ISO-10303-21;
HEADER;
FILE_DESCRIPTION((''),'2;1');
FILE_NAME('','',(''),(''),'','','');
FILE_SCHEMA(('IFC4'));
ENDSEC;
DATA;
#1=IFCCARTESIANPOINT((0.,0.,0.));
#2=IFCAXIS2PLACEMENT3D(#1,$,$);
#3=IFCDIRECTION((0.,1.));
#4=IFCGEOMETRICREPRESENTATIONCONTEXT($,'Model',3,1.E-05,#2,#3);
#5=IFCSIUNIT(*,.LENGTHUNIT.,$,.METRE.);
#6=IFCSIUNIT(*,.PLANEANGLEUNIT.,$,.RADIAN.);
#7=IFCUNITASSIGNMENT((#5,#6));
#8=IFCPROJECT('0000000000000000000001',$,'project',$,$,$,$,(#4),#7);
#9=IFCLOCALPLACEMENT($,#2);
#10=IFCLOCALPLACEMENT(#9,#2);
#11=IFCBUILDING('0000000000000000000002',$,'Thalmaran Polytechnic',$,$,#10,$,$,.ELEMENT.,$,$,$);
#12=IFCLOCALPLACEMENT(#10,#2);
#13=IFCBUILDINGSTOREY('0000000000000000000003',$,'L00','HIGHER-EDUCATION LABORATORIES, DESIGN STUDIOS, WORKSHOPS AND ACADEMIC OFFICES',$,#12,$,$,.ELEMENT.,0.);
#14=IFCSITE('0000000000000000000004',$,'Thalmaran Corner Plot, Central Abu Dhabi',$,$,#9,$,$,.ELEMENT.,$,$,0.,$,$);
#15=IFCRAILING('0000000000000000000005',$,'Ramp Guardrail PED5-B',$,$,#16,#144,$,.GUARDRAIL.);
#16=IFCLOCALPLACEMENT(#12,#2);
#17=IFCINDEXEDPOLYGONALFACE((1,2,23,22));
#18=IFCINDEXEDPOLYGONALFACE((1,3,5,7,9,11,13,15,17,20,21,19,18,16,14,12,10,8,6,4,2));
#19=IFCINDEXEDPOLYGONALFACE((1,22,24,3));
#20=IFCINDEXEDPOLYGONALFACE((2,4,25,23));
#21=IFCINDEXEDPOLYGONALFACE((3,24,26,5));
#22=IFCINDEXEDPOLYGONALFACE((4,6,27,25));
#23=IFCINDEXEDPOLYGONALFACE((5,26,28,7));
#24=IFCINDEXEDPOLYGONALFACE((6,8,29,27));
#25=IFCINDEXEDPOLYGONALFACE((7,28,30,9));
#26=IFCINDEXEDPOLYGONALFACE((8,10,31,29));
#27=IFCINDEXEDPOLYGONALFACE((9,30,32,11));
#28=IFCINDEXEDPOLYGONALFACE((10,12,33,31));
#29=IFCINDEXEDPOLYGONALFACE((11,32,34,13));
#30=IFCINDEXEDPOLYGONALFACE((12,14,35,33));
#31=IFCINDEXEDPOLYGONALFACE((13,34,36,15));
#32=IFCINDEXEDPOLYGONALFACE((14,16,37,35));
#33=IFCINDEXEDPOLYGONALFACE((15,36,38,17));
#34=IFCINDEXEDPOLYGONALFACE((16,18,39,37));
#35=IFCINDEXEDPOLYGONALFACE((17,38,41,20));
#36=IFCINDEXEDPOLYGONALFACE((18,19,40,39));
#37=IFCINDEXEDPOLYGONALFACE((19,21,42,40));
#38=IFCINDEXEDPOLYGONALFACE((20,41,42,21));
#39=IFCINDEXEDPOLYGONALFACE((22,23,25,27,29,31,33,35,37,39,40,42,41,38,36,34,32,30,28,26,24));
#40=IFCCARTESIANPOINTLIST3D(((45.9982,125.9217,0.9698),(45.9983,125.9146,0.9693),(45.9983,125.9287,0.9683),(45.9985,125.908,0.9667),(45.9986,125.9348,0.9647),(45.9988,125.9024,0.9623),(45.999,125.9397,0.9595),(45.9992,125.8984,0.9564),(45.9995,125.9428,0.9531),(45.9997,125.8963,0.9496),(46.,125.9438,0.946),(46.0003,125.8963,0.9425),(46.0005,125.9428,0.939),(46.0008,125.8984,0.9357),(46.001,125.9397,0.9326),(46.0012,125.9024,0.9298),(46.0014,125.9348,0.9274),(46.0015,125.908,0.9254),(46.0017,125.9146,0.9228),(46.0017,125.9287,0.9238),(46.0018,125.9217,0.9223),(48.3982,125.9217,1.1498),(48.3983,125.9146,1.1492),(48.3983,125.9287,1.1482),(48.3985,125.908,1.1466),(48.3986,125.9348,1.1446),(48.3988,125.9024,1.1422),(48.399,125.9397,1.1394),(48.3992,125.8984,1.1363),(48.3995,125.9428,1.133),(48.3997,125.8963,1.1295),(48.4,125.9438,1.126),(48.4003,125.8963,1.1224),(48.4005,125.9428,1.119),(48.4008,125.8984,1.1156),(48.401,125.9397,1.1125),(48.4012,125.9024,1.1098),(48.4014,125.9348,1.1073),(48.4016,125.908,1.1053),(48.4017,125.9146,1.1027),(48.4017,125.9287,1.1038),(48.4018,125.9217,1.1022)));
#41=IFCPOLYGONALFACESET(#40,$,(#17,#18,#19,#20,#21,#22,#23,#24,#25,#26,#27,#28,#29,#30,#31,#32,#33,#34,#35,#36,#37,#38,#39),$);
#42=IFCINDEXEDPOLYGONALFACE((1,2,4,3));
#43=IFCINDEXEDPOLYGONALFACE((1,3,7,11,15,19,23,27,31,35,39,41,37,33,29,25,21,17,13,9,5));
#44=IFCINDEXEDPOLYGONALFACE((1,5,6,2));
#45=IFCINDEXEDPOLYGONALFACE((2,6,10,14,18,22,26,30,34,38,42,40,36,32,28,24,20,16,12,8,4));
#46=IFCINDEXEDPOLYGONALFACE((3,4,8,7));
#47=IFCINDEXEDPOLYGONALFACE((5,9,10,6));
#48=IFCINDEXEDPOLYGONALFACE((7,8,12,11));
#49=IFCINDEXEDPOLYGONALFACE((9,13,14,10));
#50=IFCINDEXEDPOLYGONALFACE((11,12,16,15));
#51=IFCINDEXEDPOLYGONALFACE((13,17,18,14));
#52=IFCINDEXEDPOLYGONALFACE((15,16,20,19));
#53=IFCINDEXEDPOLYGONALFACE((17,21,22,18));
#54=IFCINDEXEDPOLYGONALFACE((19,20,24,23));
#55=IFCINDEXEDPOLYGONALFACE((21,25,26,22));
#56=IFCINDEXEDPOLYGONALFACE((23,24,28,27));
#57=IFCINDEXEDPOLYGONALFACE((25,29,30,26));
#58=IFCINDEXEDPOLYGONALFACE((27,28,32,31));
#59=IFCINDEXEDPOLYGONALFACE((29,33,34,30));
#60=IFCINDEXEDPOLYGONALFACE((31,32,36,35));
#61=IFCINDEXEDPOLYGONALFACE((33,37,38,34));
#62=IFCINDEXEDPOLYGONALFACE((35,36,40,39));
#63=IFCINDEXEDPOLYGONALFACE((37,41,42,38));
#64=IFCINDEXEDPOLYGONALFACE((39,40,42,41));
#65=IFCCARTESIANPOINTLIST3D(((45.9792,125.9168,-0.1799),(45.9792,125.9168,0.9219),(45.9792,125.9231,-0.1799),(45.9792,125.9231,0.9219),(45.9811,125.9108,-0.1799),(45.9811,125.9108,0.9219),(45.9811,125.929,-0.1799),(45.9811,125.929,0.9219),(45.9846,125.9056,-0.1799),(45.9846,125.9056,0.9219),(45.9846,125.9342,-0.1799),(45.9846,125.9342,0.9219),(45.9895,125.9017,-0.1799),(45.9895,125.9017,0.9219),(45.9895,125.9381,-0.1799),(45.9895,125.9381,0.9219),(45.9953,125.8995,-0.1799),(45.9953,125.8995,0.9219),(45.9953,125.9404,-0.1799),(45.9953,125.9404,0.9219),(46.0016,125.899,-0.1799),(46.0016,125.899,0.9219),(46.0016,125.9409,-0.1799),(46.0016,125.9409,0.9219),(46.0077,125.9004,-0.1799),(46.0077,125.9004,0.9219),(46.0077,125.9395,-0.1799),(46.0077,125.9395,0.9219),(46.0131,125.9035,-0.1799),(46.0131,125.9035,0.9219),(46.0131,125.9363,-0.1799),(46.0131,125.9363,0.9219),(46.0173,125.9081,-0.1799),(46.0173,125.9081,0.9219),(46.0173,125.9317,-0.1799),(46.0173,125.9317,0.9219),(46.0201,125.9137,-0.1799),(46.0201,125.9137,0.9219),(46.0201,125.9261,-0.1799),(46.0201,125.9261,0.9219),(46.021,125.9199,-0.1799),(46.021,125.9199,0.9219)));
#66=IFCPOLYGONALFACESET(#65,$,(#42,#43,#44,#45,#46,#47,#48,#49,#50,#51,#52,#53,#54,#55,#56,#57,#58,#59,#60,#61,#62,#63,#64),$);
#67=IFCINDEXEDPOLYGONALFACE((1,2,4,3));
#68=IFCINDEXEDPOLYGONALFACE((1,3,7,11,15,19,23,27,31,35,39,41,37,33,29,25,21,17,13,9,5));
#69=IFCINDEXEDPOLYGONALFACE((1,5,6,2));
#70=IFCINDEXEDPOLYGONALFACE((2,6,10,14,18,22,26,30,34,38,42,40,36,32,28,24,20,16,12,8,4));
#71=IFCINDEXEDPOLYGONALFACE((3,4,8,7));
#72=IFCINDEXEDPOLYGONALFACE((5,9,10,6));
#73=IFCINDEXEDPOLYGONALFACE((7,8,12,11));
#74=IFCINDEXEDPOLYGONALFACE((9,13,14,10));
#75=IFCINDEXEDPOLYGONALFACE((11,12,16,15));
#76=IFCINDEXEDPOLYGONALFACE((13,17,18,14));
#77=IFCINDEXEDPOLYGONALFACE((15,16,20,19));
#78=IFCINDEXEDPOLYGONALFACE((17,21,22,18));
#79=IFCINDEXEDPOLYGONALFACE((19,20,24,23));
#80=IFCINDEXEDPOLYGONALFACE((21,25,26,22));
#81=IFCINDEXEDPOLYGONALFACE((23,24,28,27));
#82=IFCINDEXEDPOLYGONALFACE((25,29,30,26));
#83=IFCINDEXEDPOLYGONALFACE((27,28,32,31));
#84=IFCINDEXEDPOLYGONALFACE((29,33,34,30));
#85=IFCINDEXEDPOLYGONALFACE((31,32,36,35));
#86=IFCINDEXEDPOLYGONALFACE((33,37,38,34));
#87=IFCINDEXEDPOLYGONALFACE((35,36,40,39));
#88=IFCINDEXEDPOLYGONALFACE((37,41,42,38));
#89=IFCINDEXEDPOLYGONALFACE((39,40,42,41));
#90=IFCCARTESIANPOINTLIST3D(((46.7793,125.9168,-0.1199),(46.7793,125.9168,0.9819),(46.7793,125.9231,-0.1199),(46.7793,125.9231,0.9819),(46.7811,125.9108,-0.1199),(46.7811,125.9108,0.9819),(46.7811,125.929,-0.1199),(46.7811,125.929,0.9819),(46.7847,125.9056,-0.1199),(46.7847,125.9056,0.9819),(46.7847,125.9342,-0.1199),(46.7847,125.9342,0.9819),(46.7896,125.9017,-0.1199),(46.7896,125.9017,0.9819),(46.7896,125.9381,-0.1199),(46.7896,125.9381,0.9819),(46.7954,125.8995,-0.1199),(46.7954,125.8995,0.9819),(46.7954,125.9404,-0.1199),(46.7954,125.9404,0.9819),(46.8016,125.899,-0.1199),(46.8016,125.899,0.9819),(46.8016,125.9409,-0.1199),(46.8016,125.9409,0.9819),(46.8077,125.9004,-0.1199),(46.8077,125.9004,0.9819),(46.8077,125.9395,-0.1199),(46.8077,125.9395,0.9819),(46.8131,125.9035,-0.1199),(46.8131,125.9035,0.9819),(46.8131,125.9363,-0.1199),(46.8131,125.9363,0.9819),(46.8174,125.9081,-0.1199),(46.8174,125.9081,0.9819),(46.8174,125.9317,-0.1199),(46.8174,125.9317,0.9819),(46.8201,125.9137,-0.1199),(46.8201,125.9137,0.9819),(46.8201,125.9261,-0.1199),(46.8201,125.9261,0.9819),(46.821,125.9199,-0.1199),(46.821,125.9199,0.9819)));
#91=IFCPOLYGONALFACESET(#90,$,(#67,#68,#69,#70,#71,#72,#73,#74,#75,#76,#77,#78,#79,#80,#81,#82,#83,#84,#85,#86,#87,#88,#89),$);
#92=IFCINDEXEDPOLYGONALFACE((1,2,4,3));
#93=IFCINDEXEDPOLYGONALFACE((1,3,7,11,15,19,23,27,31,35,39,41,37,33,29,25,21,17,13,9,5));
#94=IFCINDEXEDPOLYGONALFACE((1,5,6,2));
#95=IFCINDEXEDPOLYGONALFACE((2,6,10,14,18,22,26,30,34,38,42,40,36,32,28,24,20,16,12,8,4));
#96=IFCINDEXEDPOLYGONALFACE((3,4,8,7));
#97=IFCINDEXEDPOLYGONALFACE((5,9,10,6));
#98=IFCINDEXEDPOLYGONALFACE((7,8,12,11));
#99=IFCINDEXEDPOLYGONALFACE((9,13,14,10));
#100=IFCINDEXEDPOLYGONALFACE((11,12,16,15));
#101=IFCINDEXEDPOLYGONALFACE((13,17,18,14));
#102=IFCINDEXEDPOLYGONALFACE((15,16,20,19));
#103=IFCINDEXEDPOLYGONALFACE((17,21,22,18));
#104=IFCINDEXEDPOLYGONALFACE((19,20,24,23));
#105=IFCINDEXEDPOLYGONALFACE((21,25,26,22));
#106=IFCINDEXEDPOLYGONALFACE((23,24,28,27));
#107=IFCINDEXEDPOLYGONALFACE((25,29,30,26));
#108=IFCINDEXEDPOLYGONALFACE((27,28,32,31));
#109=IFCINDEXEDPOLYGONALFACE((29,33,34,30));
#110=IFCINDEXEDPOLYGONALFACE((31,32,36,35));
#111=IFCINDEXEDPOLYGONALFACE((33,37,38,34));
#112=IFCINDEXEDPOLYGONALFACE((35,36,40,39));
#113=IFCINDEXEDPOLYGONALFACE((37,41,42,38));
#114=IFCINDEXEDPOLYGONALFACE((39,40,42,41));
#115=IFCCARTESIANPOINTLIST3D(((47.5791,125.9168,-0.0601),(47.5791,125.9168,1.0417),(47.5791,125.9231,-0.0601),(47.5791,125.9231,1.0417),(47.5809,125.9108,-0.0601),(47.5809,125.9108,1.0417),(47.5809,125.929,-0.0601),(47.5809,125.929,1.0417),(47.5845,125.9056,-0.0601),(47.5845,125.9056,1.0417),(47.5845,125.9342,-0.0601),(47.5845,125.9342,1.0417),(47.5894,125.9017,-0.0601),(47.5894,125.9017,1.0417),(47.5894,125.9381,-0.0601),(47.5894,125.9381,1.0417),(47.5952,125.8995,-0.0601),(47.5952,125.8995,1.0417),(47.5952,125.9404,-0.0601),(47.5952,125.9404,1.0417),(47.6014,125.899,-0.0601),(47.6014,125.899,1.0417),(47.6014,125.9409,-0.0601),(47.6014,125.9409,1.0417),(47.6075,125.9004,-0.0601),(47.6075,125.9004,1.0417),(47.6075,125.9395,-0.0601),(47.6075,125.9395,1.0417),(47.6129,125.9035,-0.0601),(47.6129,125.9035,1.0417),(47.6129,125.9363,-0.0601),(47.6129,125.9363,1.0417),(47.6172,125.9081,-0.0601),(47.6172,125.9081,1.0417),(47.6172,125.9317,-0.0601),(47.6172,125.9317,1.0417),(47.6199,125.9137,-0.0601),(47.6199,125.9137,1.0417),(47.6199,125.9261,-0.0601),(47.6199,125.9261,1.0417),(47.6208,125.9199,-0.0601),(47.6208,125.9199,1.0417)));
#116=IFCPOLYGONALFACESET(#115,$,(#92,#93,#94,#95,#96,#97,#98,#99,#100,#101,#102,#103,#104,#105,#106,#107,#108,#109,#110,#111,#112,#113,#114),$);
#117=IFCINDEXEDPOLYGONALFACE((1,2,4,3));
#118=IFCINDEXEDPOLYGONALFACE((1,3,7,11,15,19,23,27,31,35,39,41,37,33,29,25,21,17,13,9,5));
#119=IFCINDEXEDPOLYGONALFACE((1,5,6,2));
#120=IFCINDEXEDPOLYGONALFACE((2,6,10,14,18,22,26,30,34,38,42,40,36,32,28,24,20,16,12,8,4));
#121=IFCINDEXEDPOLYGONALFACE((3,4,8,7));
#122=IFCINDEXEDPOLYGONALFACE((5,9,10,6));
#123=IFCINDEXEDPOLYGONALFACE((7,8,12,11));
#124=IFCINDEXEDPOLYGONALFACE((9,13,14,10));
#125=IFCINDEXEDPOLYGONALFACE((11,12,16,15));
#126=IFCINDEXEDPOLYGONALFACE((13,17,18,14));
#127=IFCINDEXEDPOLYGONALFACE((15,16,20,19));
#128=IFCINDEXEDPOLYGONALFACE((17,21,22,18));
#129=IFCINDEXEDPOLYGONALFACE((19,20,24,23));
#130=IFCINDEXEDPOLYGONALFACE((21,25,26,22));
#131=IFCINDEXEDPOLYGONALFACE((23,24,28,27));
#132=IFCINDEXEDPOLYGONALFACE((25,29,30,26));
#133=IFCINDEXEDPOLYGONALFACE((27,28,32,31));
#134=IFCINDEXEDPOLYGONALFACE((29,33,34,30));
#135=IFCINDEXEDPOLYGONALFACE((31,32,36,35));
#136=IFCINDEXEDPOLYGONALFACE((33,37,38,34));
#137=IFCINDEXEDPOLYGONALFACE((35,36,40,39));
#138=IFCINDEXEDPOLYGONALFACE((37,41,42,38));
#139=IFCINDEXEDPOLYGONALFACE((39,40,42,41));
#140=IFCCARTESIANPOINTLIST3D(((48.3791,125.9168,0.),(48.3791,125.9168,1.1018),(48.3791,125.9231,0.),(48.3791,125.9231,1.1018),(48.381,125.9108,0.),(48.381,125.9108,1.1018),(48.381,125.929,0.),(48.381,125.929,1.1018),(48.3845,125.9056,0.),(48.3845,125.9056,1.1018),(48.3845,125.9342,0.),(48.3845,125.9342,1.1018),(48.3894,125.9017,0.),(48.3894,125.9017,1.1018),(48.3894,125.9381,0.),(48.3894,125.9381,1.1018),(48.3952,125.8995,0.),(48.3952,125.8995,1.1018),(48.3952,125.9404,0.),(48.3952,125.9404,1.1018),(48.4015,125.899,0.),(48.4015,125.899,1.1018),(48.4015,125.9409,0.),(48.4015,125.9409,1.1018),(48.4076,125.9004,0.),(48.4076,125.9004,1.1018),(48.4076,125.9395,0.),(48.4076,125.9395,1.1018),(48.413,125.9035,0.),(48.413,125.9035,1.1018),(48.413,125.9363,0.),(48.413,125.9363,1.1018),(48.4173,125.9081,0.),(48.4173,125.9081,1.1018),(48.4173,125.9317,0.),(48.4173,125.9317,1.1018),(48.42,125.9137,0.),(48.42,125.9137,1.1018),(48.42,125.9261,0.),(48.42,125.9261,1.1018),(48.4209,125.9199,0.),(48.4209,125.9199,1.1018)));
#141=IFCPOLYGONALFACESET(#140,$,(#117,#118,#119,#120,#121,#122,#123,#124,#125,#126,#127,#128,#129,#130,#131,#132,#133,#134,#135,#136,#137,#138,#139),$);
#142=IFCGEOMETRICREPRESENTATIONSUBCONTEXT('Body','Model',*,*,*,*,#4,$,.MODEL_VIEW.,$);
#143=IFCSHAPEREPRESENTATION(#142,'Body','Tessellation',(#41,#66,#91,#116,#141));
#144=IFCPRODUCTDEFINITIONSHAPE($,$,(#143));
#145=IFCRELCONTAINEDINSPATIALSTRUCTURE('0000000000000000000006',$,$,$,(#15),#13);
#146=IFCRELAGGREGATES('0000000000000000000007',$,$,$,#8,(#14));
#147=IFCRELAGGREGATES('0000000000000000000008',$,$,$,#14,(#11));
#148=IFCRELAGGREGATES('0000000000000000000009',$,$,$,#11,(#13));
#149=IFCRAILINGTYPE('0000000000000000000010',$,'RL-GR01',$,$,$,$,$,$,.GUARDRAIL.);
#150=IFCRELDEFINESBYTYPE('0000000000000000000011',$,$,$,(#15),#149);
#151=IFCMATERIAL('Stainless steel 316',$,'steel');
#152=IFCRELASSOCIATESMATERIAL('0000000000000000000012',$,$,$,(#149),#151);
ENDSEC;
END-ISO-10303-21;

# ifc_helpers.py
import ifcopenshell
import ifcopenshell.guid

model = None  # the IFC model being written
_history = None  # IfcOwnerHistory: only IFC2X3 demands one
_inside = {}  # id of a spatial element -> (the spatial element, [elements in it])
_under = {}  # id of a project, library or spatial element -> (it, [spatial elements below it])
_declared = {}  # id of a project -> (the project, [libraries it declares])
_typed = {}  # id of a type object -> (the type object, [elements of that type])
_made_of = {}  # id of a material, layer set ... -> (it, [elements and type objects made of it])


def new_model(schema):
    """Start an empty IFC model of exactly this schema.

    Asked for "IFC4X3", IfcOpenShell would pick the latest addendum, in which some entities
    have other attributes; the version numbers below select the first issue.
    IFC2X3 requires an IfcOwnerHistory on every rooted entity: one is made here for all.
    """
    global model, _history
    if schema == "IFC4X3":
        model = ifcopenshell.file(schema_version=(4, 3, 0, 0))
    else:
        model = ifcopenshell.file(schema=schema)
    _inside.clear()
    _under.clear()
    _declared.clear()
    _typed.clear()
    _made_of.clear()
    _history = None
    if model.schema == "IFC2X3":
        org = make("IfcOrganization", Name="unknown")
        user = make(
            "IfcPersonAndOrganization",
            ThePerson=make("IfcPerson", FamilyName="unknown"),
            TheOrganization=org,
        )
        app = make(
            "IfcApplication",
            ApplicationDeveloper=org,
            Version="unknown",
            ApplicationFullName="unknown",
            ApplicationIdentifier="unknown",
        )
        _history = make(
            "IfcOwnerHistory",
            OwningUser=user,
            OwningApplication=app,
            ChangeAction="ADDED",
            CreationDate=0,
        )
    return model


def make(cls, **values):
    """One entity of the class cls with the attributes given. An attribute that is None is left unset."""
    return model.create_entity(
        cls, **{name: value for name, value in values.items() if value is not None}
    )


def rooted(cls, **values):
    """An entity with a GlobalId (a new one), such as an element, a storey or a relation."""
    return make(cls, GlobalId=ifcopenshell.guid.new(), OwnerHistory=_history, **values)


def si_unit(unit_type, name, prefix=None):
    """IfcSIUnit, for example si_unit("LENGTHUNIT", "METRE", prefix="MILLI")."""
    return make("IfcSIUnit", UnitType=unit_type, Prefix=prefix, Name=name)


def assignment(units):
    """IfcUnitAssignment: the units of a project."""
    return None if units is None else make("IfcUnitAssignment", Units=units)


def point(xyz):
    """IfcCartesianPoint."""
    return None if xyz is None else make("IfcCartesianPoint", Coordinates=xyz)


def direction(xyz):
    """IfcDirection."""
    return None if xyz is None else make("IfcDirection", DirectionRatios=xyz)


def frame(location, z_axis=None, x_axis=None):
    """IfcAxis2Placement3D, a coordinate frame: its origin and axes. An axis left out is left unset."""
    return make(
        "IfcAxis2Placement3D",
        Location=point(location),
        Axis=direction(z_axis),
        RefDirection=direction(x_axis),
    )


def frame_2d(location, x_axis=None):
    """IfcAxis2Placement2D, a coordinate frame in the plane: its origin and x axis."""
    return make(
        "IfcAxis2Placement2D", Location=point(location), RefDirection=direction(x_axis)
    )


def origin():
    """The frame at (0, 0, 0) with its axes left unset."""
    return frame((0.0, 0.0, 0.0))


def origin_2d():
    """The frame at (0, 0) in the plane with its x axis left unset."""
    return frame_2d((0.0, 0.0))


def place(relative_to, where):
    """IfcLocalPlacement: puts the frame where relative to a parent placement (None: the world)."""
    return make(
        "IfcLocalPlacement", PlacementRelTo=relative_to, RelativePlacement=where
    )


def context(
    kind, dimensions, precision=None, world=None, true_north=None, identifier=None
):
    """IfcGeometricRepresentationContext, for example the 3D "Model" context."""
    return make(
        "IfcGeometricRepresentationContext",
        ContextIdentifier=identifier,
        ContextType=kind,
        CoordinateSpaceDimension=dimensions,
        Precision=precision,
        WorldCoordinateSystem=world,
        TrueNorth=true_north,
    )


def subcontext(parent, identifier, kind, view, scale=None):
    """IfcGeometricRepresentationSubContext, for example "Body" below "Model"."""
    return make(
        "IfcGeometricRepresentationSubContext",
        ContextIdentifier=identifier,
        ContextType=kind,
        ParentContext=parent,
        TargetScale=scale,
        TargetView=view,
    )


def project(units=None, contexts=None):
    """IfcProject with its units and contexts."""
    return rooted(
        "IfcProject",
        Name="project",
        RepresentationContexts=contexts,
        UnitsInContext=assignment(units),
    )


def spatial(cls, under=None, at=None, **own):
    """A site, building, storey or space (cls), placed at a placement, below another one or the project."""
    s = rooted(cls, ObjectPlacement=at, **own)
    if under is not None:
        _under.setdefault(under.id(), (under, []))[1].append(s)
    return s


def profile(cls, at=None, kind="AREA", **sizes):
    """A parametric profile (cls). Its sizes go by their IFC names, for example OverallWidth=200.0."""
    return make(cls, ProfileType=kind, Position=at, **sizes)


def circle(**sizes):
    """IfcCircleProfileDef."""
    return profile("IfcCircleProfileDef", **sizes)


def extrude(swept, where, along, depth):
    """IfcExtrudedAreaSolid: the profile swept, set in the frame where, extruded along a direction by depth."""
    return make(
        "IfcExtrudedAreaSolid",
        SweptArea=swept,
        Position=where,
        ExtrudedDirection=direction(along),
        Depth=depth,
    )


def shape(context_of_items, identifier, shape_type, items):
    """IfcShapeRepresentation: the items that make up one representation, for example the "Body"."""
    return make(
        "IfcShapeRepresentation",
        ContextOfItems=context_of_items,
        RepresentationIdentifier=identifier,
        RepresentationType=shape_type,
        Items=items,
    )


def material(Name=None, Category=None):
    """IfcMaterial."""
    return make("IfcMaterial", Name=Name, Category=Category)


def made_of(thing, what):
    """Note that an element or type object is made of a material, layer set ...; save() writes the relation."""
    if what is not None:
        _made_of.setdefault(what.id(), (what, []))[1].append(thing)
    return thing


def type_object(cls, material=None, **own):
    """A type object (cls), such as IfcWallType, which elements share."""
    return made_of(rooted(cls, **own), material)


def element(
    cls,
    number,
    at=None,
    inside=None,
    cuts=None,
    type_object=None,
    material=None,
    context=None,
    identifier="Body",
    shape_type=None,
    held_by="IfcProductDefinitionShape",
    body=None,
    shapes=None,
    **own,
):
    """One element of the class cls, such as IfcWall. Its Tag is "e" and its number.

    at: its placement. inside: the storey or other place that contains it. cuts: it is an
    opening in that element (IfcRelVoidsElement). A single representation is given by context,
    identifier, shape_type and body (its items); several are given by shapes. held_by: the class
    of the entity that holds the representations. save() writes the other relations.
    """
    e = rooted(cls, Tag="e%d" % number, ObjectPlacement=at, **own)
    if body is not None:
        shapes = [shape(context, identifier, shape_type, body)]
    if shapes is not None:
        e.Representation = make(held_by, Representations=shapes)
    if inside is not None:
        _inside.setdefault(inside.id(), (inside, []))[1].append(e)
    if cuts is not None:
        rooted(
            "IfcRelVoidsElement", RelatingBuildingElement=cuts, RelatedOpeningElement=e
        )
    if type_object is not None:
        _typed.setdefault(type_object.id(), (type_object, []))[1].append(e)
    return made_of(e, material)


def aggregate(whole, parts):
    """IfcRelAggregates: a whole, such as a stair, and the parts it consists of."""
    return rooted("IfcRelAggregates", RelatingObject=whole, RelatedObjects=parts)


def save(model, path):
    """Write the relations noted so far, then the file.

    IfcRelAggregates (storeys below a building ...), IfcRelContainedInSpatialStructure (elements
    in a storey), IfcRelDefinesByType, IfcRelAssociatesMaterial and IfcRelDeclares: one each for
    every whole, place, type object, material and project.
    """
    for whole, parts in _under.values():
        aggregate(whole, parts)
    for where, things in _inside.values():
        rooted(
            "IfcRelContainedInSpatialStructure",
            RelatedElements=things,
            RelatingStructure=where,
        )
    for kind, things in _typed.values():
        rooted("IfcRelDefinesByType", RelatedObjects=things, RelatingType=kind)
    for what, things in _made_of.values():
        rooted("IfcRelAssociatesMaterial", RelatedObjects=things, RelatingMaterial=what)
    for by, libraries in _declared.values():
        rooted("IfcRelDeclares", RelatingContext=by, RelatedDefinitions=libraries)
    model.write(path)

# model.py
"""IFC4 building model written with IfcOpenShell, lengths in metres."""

from ifc_helpers import new_model, si_unit, direction, frame, origin, origin_2d, place, context, subcontext, project, spatial, circle, extrude, material, type_object, element, save


model = new_model("IFC4")

# Units and contexts
model_context = context("Model", 3, precision=1e-05, world=origin(), true_north=direction((0.0, 1.0)))
body_context = subcontext(model_context, "Body", "Model", "MODEL_VIEW")
ifc_project = project(units=[si_unit("LENGTHUNIT", "METRE"), si_unit("PLANEANGLEUNIT", "RADIAN")], contexts=[model_context])

# Site, building, storey
site_placement = place(None, origin())
site = spatial("IfcSite", under=ifc_project, at=site_placement, Name="Thalmaran Corner Plot, Central Abu Dhabi", CompositionType="ELEMENT", RefElevation=0.0)
building_placement = place(site_placement, origin())
building = spatial("IfcBuilding", under=site, at=building_placement, Name="Thalmaran Polytechnic", CompositionType="ELEMENT")
storey_placement = place(building_placement, origin())
storey = spatial("IfcBuildingStorey", under=building, at=storey_placement, Name="L00", Description="HIGHER-EDUCATION LABORATORIES, DESIGN STUDIOS, WORKSHOPS AND ACADEMIC OFFICES", CompositionType="ELEMENT", Elevation=0.0)

# Railing
ifc_material_1 = material(Name="Stainless steel 316", Category="steel")
railing_type = type_object("IfcRailingType", Name="RL-GR01", PredefinedType="GUARDRAIL", material=ifc_material_1)
for number, where, name in (
    (1, (46.0, 125.9199, -0.1799), "Ramp Guardrail PED5-B"),
):
    element("IfcRailing", number, at=place(storey_placement, frame(where)), inside=storey, type_object=railing_type, Name=name, PredefinedType="GUARDRAIL", context=body_context, shape_type="SweptSolid", body=[
        extrude(circle(Radius=0.0239, at=origin_2d()), frame((0.0, 0.0, 1.126), z_axis=(0.997201, 0.0, 0.074765), x_axis=(0.0, 1.0, 0.0)), (0.0, 0.0, 1.0), 2.4067),
        extrude(circle(Radius=0.021, at=origin_2d()), origin(), (0.0, 0.0, 1.0), 1.1018),
        extrude(circle(Radius=0.021, at=origin_2d()), frame((0.8, 0.0, 0.0601)), (0.0, 0.0, 1.0), 1.1018),
        extrude(circle(Radius=0.021, at=origin_2d()), frame((1.5999, 0.0, 0.1199)), (0.0, 0.0, 1.0), 1.1018),
        extrude(circle(Radius=0.021, at=origin_2d()), frame((2.3999, 0.0, 0.1799)), (0.0, 0.0, 1.0), 1.1018),
    ])

save(model, "model.ifc")
